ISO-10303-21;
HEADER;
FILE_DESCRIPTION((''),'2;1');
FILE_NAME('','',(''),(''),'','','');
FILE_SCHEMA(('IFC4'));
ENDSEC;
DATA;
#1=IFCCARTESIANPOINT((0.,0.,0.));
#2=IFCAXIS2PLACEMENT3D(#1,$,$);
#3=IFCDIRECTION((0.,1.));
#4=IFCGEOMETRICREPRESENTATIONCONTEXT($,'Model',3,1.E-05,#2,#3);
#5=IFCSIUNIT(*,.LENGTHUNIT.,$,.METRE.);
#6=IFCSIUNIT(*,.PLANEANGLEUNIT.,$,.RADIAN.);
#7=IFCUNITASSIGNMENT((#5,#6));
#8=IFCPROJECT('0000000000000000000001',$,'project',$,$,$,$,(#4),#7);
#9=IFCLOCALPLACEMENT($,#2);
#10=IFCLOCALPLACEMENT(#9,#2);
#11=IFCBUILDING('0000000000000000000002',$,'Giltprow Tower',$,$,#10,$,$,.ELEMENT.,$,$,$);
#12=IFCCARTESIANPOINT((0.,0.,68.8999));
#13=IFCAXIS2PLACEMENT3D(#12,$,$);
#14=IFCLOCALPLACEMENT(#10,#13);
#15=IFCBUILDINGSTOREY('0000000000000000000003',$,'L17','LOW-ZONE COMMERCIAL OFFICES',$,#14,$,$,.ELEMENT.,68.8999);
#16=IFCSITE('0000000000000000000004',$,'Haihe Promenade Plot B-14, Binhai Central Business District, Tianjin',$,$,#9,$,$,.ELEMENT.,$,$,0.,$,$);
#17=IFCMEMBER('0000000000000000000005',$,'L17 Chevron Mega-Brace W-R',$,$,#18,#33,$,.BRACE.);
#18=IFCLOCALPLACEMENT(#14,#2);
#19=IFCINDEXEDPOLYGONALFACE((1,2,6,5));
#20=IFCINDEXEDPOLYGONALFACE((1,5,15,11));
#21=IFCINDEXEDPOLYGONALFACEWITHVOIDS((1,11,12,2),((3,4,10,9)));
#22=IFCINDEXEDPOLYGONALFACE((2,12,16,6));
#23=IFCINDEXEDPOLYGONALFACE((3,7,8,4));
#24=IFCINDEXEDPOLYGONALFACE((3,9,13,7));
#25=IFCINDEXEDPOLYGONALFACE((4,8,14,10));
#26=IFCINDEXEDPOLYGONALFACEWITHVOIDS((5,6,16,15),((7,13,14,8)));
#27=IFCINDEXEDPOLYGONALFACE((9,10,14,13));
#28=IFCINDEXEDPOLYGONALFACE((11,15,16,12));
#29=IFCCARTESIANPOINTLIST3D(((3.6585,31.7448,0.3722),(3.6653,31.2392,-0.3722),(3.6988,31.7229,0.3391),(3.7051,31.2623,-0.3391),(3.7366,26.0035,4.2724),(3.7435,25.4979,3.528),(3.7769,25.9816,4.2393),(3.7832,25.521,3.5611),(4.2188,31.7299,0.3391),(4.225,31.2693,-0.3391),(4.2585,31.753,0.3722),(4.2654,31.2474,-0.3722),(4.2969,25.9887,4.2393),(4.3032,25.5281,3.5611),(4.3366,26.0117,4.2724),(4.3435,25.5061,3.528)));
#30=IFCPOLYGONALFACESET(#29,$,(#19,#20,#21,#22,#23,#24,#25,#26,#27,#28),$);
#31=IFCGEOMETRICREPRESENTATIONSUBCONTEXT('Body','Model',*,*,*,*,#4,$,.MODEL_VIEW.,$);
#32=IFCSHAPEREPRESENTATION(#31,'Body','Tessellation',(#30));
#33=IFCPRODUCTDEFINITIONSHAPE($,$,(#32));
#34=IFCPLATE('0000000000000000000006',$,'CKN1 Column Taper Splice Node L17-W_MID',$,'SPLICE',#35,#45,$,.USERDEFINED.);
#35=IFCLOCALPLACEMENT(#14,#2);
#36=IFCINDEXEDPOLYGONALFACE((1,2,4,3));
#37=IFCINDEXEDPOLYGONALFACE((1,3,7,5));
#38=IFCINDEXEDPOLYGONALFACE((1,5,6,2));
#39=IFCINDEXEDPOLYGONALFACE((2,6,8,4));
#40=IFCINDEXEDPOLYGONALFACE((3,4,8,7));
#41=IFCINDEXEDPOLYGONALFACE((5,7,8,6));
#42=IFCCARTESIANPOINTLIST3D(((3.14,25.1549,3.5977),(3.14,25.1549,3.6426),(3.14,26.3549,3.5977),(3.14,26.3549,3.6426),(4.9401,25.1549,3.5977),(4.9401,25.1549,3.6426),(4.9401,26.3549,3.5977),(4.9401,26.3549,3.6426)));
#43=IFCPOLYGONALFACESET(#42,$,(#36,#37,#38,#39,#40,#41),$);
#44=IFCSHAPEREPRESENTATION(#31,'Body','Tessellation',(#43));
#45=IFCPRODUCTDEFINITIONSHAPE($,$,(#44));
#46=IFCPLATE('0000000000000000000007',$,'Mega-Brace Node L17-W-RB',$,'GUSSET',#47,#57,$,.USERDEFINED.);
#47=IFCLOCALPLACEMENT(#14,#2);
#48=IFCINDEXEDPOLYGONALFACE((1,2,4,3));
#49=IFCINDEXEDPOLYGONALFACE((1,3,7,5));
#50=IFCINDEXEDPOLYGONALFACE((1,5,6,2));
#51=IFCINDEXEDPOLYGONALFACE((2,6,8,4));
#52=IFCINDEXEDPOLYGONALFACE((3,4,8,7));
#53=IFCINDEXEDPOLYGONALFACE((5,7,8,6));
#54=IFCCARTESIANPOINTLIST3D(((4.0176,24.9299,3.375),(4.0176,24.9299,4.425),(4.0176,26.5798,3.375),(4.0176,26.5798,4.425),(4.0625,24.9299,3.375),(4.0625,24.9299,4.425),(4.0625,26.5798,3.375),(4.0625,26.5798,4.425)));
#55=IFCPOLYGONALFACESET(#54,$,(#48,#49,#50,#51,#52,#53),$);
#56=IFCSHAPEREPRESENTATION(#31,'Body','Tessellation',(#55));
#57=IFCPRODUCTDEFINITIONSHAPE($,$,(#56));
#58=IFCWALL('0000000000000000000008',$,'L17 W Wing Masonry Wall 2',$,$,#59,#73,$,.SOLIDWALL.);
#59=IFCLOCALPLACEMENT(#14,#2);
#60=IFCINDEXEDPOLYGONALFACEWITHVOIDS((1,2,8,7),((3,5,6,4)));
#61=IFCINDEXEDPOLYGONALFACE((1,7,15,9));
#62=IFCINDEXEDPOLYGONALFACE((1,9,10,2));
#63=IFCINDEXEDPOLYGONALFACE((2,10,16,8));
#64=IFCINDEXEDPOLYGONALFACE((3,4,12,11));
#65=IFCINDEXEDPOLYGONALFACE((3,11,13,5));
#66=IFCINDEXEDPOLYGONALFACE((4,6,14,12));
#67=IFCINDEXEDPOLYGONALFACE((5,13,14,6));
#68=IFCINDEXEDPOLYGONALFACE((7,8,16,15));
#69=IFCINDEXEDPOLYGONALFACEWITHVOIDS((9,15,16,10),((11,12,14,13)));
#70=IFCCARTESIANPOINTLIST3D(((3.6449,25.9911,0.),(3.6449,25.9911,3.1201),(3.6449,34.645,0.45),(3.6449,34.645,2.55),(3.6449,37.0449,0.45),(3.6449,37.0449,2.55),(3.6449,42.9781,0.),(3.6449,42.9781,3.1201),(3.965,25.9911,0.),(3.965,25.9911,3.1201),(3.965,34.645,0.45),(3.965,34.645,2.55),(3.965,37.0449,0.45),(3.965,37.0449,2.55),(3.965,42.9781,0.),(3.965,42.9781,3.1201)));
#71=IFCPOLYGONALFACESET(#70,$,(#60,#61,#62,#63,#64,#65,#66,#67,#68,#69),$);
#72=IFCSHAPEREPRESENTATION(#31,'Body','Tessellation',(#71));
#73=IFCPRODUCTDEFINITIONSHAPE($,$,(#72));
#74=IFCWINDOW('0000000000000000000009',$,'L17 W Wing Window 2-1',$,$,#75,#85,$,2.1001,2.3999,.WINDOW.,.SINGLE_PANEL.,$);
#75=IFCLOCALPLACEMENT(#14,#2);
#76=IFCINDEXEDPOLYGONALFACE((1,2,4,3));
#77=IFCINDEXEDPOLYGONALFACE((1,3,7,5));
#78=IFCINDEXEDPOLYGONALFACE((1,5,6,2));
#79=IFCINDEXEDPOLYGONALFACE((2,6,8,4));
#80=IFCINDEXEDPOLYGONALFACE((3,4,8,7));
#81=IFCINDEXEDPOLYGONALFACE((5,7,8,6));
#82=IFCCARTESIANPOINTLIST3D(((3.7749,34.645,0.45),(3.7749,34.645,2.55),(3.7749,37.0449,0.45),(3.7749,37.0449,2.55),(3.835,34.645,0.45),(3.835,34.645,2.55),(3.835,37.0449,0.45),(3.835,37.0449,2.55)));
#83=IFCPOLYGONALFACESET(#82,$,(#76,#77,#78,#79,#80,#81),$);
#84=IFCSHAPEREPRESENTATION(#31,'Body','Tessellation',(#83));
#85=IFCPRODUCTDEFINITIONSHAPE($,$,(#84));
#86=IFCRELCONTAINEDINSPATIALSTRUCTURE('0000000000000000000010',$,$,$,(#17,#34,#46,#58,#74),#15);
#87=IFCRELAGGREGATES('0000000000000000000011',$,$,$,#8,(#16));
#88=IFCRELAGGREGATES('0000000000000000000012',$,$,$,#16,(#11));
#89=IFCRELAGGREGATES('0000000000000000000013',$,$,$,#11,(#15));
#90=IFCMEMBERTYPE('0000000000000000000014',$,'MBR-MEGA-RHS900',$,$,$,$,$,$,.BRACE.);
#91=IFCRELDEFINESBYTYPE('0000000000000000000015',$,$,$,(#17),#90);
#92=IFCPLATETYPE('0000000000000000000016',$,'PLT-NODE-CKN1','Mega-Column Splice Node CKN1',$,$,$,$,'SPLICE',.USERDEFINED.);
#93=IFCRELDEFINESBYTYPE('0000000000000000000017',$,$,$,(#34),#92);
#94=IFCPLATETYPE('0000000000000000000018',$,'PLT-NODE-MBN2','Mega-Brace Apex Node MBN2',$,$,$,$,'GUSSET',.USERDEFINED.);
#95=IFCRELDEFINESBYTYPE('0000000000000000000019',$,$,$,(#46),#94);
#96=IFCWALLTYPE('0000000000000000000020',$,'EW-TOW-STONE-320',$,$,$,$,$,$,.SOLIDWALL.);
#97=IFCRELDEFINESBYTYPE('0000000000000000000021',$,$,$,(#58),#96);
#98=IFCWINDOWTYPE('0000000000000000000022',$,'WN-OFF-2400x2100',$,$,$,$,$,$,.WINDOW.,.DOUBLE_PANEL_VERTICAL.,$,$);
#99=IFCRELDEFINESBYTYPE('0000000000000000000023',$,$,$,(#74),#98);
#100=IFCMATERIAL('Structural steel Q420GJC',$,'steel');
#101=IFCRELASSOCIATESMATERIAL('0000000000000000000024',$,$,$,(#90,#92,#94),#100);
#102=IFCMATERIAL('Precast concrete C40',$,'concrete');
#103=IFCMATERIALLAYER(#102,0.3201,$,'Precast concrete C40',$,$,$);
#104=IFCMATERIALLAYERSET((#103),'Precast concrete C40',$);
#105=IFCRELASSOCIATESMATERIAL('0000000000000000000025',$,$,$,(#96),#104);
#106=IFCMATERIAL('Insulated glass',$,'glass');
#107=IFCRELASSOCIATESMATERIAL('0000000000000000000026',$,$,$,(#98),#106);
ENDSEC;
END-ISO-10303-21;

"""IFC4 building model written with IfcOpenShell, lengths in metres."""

from ifc_helpers import new_model, si_unit, direction, frame, frame_2d, origin, origin_2d, place, context, subcontext, project, spatial, rectangle, hollow_rectangle, extrude, source, transform, mapped, material, layer, layer_set, material_profile, profile_set, type_object, element, fill, save


model = new_model("IFC4")

# Units and contexts
model_context = context("Model", 3, precision=1e-05, world=origin(), true_north=direction((0.0, 1.0)))
body_context = subcontext(model_context, "Body", "Model", "MODEL_VIEW")
ifc_project = project(units=[si_unit("LENGTHUNIT", "METRE"), si_unit("PLANEANGLEUNIT", "RADIAN")], contexts=[model_context])

# Site, building, storey
site_placement = place(None, origin())
site = spatial("IfcSite", under=ifc_project, at=site_placement, Name="Haihe Promenade Plot B-14, Binhai Central Business District, Tianjin", CompositionType="ELEMENT", RefElevation=0.0)
building_placement = place(site_placement, origin())
building = spatial("IfcBuilding", under=site, at=building_placement, Name="Giltprow Tower", CompositionType="ELEMENT")
storey_placement = place(building_placement, frame((0.0, 0.0, 68.8999)))
storey = spatial("IfcBuildingStorey", under=building, at=storey_placement, Name="L17", Description="LOW-ZONE COMMERCIAL OFFICES", CompositionType="ELEMENT", Elevation=68.8999)

# Shared definitions
ifc_material_1 = material(Name="Structural steel Q420GJC", Category="steel")

# Member
ifc_material_profile_1 = material_profile(ifc_material_1, hollow_rectangle(XDim=0.6001, YDim=0.8999, WallThickness=0.04, at=origin_2d()), Name="RHS 900x600x40")
ifc_profile_set_1 = profile_set([ifc_material_profile_1], Name="Structural steel Q420GJC")
member_type = type_object("IfcMemberType", Name="MBR-MEGA-RHS900", PredefinedType="BRACE", material=ifc_profile_set_1)
shared_shape_1 = source(origin(), body_context, "Body", "SweptSolid", [
    extrude(hollow_rectangle(XDim=0.6001, YDim=0.8999, WallThickness=0.04, at=origin_2d()), origin(), (0.0, 0.0, 1.0), 6.9412),
])
member_placement = place(storey_placement, frame((3.9619, 31.4961, 0.0), z_axis=(0.011255, -0.827134, 0.561892), x_axis=(0.999907, 0.013606, 0.0)))
element("IfcMember", 1, at=member_placement, inside=storey, type_object=member_type, Name="L17 Chevron Mega-Brace W-R", PredefinedType="BRACE", context=body_context, shape_type="MappedRepresentation", body=[
    mapped(shared_shape_1, transform((0.0, 0.0, 0.0), x_axis=(1.0, 0.0, 0.0), y_axis=(0.0, 1.0, 0.0), z_axis=(0.0, 0.0, 1.0), scale=1.0)),
])

# Plates
plate_type_1 = type_object("IfcPlateType", Name="PLT-NODE-CKN1", Description="Mega-Column Splice Node CKN1", ElementType="SPLICE", PredefinedType="USERDEFINED", material=ifc_material_1)
shared_shape_2 = source(origin(), body_context, "Body", "SweptSolid", [
    extrude(rectangle(XDim=1.8, YDim=1.2, at=origin_2d()), origin(), (0.0, 0.0, 1.0), 0.0449),
])
plate_1_placement = place(storey_placement, frame((4.04, 25.7549, 3.5977), z_axis=(0.0, 0.0, 1.0), x_axis=(1.0, 0.0, 0.0)))
element("IfcPlate", 2, at=plate_1_placement, inside=storey, type_object=plate_type_1, Name="CKN1 Column Taper Splice Node L17-W_MID", ObjectType="SPLICE", PredefinedType="USERDEFINED", context=body_context, shape_type="MappedRepresentation", body=[
    mapped(shared_shape_2, transform((0.0, 0.0, 0.0), x_axis=(1.0, 0.0, 0.0), y_axis=(0.0, 1.0, 0.0), z_axis=(0.0, 0.0, 1.0), scale=1.0)),
])
plate_type_2 = type_object("IfcPlateType", Name="PLT-NODE-MBN2", Description="Mega-Brace Apex Node MBN2", ElementType="GUSSET", PredefinedType="USERDEFINED", material=ifc_material_1)
shared_shape_3 = source(origin(), body_context, "Body", "SweptSolid", [
    extrude(rectangle(XDim=1.6499, YDim=0.0449, at=origin_2d()), origin(), (0.0, 0.0, 1.0), 1.05),
])
plate_2_placement = place(storey_placement, frame((4.04, 25.7549, 3.375), z_axis=(0.0, 0.0, 1.0), x_axis=(0.0, 1.0, 0.0)))
element("IfcPlate", 3, at=plate_2_placement, inside=storey, type_object=plate_type_2, Name="Mega-Brace Node L17-W-RB", ObjectType="GUSSET", PredefinedType="USERDEFINED", context=body_context, shape_type="MappedRepresentation", body=[
    mapped(shared_shape_3, transform((0.0, 0.0, 0.0), x_axis=(1.0, 0.0, 0.0), y_axis=(0.0, 1.0, 0.0), z_axis=(0.0, 0.0, 1.0), scale=1.0)),
])

# Wall, opening, window
ifc_material_2 = material(Name="Precast concrete C40", Category="concrete")
ifc_layer_1 = layer(ifc_material_2, 0.3201, Name="Precast concrete C40")
ifc_layer_set_1 = layer_set([ifc_layer_1], Name="Precast concrete C40")
wall_type_1 = type_object("IfcWallType", Name="EW-TOW-STONE-320", PredefinedType="SOLIDWALL", material=ifc_layer_set_1)
wall_1_placement = place(storey_placement, frame((3.8049, 25.991, 0.0), z_axis=(0.0, 0.0, 1.0), x_axis=(0.0, 1.0, 0.0)))
wall_1 = element("IfcWall", 4, at=wall_1_placement, inside=storey, type_object=wall_type_1, Name="L17 W Wing Masonry Wall 2", PredefinedType="SOLIDWALL", context=body_context, shape_type="SweptSolid", body=[
    extrude(rectangle(XDim=16.9871, YDim=0.3201, at=frame_2d((8.4937, 0.0))), origin(), (0.0, 0.0, 1.0), 3.1201),
])
opening_1_placement = place(wall_1_placement, frame((8.6541, 0.0, 0.45)))
opening_1 = element("IfcOpeningElement", 5, at=opening_1_placement, cuts=wall_1, PredefinedType="OPENING", context=body_context, shape_type="SweptSolid", body=[
    extrude(rectangle(XDim=2.3999, YDim=2.1001, at=frame_2d((1.2, 1.05))), frame((0.0, 0.1699, 0.0), z_axis=(0.0, -1.0, 0.0), x_axis=(1.0, 0.0, 0.0)), (0.0, 0.0, 1.0), 0.3401),
])
ifc_material_3 = material(Name="Insulated glass", Category="glass")
window_type = type_object("IfcWindowType", Name="WN-OFF-2400x2100", PartitioningType="DOUBLE_PANEL_VERTICAL", PredefinedType="WINDOW", material=ifc_material_3)
shared_shape_4 = source(origin(), body_context, "Body", "SweptSolid", [
    extrude(rectangle(XDim=2.3999, YDim=2.1001, at=frame_2d((1.2, 1.05))), frame((0.0, 0.03, 0.0), z_axis=(0.0, -1.0, 0.0), x_axis=(1.0, 0.0, 0.0)), (0.0, 0.0, 1.0), 0.0601),
])
window_placement = place(opening_1_placement, origin())
window = element("IfcWindow", 6, at=window_placement, inside=storey, type_object=window_type, Name="L17 W Wing Window 2-1", OverallHeight=2.1001, OverallWidth=2.3999, PartitioningType="SINGLE_PANEL", PredefinedType="WINDOW", context=body_context, shape_type="MappedRepresentation", body=[
    mapped(shared_shape_4, transform((0.0, 0.0, 0.0), x_axis=(1.0, 0.0, 0.0), y_axis=(0.0, 1.0, 0.0), z_axis=(0.0, 0.0, 1.0), scale=1.0)),
])
fill(opening_1, window)

save(model, "model.ifc")
